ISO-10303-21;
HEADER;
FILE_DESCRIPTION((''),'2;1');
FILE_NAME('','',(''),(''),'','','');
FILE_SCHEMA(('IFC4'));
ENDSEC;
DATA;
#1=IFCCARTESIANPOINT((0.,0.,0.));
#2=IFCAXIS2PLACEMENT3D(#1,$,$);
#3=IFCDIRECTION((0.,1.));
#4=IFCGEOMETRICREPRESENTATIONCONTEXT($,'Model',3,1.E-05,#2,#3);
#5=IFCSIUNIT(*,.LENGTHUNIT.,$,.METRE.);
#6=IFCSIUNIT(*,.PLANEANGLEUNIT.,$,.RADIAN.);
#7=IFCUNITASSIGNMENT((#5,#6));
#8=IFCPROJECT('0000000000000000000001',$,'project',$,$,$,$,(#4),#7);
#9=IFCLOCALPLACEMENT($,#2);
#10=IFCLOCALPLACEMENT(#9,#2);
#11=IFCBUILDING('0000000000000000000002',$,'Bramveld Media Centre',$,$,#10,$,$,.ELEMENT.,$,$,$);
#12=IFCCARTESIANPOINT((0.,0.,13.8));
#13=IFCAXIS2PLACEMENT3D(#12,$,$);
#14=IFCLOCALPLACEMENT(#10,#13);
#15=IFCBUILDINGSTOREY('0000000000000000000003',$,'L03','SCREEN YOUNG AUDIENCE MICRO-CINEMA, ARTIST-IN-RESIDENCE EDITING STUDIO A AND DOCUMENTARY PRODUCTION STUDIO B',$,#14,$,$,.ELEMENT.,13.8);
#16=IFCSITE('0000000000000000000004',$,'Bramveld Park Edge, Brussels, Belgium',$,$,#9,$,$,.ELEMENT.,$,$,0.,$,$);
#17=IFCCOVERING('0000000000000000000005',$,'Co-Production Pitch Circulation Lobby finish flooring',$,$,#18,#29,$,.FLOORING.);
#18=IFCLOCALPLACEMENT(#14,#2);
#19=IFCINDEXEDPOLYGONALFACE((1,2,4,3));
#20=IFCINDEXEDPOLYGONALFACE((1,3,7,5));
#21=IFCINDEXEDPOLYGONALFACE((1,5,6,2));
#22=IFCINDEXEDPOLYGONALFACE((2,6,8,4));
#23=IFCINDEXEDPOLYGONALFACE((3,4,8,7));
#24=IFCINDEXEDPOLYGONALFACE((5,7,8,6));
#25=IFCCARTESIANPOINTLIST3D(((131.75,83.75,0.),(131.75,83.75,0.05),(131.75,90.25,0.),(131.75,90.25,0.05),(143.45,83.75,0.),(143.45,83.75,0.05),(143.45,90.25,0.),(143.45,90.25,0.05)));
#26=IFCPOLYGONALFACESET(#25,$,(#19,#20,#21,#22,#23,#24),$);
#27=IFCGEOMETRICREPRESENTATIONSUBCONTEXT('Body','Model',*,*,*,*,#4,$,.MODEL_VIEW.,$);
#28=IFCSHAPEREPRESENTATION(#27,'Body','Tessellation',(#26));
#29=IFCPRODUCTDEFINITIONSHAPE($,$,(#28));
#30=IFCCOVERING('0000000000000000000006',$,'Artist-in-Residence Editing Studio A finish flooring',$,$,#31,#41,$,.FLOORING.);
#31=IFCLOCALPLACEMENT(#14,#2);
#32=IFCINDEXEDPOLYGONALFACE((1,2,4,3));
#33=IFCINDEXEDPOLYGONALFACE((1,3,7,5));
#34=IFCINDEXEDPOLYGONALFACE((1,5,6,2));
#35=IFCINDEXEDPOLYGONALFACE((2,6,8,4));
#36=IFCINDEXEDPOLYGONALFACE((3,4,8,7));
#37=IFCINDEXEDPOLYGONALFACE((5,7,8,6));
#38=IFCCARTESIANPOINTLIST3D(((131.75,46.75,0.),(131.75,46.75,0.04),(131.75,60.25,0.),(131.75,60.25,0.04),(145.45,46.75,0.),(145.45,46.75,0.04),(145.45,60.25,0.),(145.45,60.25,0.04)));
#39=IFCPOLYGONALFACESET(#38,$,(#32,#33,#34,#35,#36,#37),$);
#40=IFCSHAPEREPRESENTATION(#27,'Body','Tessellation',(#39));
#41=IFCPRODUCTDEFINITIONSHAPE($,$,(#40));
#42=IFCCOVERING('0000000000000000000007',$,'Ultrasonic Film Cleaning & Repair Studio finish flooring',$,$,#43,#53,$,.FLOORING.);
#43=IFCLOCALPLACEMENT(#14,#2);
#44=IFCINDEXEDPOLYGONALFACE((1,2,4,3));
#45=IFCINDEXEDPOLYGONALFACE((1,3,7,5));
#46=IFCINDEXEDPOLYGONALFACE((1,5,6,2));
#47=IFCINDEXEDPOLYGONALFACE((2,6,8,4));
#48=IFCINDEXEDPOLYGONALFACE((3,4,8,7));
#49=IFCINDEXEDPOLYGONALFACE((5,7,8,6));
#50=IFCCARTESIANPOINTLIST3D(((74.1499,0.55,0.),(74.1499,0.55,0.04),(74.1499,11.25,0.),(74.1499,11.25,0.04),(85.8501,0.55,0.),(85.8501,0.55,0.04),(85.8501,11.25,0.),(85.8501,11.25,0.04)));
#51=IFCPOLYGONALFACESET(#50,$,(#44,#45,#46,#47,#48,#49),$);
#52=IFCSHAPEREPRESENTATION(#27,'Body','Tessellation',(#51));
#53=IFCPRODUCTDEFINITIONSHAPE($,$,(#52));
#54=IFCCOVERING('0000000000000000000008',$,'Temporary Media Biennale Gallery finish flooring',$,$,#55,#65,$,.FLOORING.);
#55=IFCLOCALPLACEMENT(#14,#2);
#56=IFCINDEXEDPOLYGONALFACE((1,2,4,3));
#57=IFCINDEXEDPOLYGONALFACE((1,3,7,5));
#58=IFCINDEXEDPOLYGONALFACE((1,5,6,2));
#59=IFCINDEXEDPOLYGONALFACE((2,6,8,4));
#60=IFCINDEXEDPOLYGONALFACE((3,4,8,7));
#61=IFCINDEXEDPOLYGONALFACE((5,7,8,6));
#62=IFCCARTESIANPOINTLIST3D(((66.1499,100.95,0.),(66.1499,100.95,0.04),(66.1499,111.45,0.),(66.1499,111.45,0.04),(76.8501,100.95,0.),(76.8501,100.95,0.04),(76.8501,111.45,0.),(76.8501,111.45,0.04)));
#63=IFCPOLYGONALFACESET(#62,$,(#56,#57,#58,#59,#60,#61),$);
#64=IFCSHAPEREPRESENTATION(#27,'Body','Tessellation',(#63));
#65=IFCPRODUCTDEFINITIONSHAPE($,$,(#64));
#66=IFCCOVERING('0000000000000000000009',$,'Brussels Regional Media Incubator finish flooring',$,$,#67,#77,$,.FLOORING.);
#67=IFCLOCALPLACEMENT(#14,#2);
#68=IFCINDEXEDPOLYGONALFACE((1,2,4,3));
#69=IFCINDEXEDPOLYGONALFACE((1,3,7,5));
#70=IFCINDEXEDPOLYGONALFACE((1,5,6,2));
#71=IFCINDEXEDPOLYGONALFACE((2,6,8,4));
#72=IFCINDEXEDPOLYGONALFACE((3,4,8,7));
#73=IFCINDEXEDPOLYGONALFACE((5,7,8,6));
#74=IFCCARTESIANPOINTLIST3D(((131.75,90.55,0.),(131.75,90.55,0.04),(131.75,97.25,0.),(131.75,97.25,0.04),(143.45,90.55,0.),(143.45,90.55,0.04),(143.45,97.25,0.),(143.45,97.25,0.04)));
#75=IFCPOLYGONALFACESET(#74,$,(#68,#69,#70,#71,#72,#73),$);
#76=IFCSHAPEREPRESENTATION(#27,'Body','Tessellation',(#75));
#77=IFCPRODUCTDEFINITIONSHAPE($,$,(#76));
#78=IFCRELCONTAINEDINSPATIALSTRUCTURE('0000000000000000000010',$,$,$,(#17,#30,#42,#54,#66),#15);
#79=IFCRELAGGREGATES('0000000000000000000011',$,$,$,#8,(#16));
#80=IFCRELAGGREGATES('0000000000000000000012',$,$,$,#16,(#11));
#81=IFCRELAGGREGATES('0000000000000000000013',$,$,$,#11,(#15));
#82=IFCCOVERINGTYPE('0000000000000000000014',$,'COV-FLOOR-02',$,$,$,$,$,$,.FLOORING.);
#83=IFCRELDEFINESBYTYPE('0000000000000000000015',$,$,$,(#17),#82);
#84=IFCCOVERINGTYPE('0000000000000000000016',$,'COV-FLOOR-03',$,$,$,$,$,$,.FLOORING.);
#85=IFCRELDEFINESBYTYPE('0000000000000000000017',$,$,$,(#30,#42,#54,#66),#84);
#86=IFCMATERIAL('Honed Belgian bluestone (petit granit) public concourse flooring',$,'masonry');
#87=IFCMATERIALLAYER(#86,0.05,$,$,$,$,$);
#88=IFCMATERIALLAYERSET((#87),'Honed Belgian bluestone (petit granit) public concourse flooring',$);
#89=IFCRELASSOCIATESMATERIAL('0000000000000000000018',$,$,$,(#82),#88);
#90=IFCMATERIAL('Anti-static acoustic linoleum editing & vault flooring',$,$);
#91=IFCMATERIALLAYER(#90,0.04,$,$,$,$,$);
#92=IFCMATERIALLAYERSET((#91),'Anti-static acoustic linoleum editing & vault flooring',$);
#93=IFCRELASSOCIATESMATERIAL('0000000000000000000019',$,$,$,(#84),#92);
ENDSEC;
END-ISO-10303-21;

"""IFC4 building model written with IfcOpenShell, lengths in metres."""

from ifc_helpers import new_model, si_unit, direction, frame, origin, place, context, subcontext, project, spatial, polyline, outline, extrude, material, layer, layer_set, type_object, element, save


model = new_model("IFC4")

# Units and contexts
model_context = context("Model", 3, precision=1e-05, world=origin(), true_north=direction((0.0, 1.0)))
body_context = subcontext(model_context, "Body", "Model", "MODEL_VIEW")
ifc_project = project(units=[si_unit("LENGTHUNIT", "METRE"), si_unit("PLANEANGLEUNIT", "RADIAN")], contexts=[model_context])

# Site, building, storey
site_placement = place(None, origin())
site = spatial("IfcSite", under=ifc_project, at=site_placement, Name="Bramveld Park Edge, Brussels, Belgium", CompositionType="ELEMENT", RefElevation=0.0)
building_placement = place(site_placement, origin())
building = spatial("IfcBuilding", under=site, at=building_placement, Name="Bramveld Media Centre", CompositionType="ELEMENT")
storey_placement = place(building_placement, frame((0.0, 0.0, 13.8)))
storey = spatial("IfcBuildingStorey", under=building, at=storey_placement, Name="L03", Description="SCREEN YOUNG AUDIENCE MICRO-CINEMA, ARTIST-IN-RESIDENCE EDITING STUDIO A AND DOCUMENTARY PRODUCTION STUDIO B", CompositionType="ELEMENT", Elevation=13.8)

# Coverings
ifc_material_1 = material(Name="Honed Belgian bluestone (petit granit) public concourse flooring", Category="masonry")
ifc_layer_1 = layer(ifc_material_1, 0.05)
ifc_layer_set_1 = layer_set([ifc_layer_1], Name="Honed Belgian bluestone (petit granit) public concourse flooring")
covering_type_1 = type_object("IfcCoveringType", Name="COV-FLOOR-02", PredefinedType="FLOORING", material=ifc_layer_set_1)
covering_1_placement = place(storey_placement, origin())
element("IfcCovering", 1, at=covering_1_placement, inside=storey, type_object=covering_type_1, Name="Co-Production Pitch Circulation Lobby finish flooring", PredefinedType="FLOORING", context=body_context, shape_type="SweptSolid", body=[
    extrude(outline(polyline([(131.75, 83.75), (143.45, 83.75), (143.45, 90.25), (131.75, 90.25), (131.75, 83.75)])), origin(), (0.0, 0.0, 1.0), 0.05),
])
ifc_material_2 = material(Name="Anti-static acoustic linoleum editing & vault flooring")
ifc_layer_2 = layer(ifc_material_2, 0.04)
ifc_layer_set_2 = layer_set([ifc_layer_2], Name="Anti-static acoustic linoleum editing & vault flooring")
covering_type_2 = type_object("IfcCoveringType", Name="COV-FLOOR-03", PredefinedType="FLOORING", material=ifc_layer_set_2)
covering_2_placement = place(storey_placement, origin())
element("IfcCovering", 2, at=covering_2_placement, inside=storey, type_object=covering_type_2, Name="Artist-in-Residence Editing Studio A finish flooring", PredefinedType="FLOORING", context=body_context, shape_type="SweptSolid", body=[
    extrude(outline(polyline([(131.75, 46.75), (145.45, 46.75), (145.45, 60.25), (131.75, 60.25), (131.75, 46.75)])), origin(), (0.0, 0.0, 1.0), 0.04),
])
covering_3_placement = place(storey_placement, origin())
element("IfcCovering", 3, at=covering_3_placement, inside=storey, type_object=covering_type_2, Name="Ultrasonic Film Cleaning & Repair Studio finish flooring", PredefinedType="FLOORING", context=body_context, shape_type="SweptSolid", body=[
    extrude(outline(polyline([(74.1499, 0.55), (85.8501, 0.55), (85.8501, 11.25), (74.1499, 11.25), (74.1499, 0.55)])), origin(), (0.0, 0.0, 1.0), 0.04),
])
covering_4_placement = place(storey_placement, origin())
element("IfcCovering", 4, at=covering_4_placement, inside=storey, type_object=covering_type_2, Name="Temporary Media Biennale Gallery finish flooring", PredefinedType="FLOORING", context=body_context, shape_type="SweptSolid", body=[
    extrude(outline(polyline([(66.1499, 100.95), (76.8501, 100.95), (76.8501, 111.45), (66.1499, 111.45), (66.1499, 100.95)])), origin(), (0.0, 0.0, 1.0), 0.04),
])
covering_5_placement = place(storey_placement, origin())
element("IfcCovering", 5, at=covering_5_placement, inside=storey, type_object=covering_type_2, Name="Brussels Regional Media Incubator finish flooring", PredefinedType="FLOORING", context=body_context, shape_type="SweptSolid", body=[
    extrude(outline(polyline([(131.75, 90.55), (143.45, 90.55), (143.45, 97.25), (131.75, 97.25), (131.75, 90.55)])), origin(), (0.0, 0.0, 1.0), 0.04),
])

save(model, "model.ifc")
